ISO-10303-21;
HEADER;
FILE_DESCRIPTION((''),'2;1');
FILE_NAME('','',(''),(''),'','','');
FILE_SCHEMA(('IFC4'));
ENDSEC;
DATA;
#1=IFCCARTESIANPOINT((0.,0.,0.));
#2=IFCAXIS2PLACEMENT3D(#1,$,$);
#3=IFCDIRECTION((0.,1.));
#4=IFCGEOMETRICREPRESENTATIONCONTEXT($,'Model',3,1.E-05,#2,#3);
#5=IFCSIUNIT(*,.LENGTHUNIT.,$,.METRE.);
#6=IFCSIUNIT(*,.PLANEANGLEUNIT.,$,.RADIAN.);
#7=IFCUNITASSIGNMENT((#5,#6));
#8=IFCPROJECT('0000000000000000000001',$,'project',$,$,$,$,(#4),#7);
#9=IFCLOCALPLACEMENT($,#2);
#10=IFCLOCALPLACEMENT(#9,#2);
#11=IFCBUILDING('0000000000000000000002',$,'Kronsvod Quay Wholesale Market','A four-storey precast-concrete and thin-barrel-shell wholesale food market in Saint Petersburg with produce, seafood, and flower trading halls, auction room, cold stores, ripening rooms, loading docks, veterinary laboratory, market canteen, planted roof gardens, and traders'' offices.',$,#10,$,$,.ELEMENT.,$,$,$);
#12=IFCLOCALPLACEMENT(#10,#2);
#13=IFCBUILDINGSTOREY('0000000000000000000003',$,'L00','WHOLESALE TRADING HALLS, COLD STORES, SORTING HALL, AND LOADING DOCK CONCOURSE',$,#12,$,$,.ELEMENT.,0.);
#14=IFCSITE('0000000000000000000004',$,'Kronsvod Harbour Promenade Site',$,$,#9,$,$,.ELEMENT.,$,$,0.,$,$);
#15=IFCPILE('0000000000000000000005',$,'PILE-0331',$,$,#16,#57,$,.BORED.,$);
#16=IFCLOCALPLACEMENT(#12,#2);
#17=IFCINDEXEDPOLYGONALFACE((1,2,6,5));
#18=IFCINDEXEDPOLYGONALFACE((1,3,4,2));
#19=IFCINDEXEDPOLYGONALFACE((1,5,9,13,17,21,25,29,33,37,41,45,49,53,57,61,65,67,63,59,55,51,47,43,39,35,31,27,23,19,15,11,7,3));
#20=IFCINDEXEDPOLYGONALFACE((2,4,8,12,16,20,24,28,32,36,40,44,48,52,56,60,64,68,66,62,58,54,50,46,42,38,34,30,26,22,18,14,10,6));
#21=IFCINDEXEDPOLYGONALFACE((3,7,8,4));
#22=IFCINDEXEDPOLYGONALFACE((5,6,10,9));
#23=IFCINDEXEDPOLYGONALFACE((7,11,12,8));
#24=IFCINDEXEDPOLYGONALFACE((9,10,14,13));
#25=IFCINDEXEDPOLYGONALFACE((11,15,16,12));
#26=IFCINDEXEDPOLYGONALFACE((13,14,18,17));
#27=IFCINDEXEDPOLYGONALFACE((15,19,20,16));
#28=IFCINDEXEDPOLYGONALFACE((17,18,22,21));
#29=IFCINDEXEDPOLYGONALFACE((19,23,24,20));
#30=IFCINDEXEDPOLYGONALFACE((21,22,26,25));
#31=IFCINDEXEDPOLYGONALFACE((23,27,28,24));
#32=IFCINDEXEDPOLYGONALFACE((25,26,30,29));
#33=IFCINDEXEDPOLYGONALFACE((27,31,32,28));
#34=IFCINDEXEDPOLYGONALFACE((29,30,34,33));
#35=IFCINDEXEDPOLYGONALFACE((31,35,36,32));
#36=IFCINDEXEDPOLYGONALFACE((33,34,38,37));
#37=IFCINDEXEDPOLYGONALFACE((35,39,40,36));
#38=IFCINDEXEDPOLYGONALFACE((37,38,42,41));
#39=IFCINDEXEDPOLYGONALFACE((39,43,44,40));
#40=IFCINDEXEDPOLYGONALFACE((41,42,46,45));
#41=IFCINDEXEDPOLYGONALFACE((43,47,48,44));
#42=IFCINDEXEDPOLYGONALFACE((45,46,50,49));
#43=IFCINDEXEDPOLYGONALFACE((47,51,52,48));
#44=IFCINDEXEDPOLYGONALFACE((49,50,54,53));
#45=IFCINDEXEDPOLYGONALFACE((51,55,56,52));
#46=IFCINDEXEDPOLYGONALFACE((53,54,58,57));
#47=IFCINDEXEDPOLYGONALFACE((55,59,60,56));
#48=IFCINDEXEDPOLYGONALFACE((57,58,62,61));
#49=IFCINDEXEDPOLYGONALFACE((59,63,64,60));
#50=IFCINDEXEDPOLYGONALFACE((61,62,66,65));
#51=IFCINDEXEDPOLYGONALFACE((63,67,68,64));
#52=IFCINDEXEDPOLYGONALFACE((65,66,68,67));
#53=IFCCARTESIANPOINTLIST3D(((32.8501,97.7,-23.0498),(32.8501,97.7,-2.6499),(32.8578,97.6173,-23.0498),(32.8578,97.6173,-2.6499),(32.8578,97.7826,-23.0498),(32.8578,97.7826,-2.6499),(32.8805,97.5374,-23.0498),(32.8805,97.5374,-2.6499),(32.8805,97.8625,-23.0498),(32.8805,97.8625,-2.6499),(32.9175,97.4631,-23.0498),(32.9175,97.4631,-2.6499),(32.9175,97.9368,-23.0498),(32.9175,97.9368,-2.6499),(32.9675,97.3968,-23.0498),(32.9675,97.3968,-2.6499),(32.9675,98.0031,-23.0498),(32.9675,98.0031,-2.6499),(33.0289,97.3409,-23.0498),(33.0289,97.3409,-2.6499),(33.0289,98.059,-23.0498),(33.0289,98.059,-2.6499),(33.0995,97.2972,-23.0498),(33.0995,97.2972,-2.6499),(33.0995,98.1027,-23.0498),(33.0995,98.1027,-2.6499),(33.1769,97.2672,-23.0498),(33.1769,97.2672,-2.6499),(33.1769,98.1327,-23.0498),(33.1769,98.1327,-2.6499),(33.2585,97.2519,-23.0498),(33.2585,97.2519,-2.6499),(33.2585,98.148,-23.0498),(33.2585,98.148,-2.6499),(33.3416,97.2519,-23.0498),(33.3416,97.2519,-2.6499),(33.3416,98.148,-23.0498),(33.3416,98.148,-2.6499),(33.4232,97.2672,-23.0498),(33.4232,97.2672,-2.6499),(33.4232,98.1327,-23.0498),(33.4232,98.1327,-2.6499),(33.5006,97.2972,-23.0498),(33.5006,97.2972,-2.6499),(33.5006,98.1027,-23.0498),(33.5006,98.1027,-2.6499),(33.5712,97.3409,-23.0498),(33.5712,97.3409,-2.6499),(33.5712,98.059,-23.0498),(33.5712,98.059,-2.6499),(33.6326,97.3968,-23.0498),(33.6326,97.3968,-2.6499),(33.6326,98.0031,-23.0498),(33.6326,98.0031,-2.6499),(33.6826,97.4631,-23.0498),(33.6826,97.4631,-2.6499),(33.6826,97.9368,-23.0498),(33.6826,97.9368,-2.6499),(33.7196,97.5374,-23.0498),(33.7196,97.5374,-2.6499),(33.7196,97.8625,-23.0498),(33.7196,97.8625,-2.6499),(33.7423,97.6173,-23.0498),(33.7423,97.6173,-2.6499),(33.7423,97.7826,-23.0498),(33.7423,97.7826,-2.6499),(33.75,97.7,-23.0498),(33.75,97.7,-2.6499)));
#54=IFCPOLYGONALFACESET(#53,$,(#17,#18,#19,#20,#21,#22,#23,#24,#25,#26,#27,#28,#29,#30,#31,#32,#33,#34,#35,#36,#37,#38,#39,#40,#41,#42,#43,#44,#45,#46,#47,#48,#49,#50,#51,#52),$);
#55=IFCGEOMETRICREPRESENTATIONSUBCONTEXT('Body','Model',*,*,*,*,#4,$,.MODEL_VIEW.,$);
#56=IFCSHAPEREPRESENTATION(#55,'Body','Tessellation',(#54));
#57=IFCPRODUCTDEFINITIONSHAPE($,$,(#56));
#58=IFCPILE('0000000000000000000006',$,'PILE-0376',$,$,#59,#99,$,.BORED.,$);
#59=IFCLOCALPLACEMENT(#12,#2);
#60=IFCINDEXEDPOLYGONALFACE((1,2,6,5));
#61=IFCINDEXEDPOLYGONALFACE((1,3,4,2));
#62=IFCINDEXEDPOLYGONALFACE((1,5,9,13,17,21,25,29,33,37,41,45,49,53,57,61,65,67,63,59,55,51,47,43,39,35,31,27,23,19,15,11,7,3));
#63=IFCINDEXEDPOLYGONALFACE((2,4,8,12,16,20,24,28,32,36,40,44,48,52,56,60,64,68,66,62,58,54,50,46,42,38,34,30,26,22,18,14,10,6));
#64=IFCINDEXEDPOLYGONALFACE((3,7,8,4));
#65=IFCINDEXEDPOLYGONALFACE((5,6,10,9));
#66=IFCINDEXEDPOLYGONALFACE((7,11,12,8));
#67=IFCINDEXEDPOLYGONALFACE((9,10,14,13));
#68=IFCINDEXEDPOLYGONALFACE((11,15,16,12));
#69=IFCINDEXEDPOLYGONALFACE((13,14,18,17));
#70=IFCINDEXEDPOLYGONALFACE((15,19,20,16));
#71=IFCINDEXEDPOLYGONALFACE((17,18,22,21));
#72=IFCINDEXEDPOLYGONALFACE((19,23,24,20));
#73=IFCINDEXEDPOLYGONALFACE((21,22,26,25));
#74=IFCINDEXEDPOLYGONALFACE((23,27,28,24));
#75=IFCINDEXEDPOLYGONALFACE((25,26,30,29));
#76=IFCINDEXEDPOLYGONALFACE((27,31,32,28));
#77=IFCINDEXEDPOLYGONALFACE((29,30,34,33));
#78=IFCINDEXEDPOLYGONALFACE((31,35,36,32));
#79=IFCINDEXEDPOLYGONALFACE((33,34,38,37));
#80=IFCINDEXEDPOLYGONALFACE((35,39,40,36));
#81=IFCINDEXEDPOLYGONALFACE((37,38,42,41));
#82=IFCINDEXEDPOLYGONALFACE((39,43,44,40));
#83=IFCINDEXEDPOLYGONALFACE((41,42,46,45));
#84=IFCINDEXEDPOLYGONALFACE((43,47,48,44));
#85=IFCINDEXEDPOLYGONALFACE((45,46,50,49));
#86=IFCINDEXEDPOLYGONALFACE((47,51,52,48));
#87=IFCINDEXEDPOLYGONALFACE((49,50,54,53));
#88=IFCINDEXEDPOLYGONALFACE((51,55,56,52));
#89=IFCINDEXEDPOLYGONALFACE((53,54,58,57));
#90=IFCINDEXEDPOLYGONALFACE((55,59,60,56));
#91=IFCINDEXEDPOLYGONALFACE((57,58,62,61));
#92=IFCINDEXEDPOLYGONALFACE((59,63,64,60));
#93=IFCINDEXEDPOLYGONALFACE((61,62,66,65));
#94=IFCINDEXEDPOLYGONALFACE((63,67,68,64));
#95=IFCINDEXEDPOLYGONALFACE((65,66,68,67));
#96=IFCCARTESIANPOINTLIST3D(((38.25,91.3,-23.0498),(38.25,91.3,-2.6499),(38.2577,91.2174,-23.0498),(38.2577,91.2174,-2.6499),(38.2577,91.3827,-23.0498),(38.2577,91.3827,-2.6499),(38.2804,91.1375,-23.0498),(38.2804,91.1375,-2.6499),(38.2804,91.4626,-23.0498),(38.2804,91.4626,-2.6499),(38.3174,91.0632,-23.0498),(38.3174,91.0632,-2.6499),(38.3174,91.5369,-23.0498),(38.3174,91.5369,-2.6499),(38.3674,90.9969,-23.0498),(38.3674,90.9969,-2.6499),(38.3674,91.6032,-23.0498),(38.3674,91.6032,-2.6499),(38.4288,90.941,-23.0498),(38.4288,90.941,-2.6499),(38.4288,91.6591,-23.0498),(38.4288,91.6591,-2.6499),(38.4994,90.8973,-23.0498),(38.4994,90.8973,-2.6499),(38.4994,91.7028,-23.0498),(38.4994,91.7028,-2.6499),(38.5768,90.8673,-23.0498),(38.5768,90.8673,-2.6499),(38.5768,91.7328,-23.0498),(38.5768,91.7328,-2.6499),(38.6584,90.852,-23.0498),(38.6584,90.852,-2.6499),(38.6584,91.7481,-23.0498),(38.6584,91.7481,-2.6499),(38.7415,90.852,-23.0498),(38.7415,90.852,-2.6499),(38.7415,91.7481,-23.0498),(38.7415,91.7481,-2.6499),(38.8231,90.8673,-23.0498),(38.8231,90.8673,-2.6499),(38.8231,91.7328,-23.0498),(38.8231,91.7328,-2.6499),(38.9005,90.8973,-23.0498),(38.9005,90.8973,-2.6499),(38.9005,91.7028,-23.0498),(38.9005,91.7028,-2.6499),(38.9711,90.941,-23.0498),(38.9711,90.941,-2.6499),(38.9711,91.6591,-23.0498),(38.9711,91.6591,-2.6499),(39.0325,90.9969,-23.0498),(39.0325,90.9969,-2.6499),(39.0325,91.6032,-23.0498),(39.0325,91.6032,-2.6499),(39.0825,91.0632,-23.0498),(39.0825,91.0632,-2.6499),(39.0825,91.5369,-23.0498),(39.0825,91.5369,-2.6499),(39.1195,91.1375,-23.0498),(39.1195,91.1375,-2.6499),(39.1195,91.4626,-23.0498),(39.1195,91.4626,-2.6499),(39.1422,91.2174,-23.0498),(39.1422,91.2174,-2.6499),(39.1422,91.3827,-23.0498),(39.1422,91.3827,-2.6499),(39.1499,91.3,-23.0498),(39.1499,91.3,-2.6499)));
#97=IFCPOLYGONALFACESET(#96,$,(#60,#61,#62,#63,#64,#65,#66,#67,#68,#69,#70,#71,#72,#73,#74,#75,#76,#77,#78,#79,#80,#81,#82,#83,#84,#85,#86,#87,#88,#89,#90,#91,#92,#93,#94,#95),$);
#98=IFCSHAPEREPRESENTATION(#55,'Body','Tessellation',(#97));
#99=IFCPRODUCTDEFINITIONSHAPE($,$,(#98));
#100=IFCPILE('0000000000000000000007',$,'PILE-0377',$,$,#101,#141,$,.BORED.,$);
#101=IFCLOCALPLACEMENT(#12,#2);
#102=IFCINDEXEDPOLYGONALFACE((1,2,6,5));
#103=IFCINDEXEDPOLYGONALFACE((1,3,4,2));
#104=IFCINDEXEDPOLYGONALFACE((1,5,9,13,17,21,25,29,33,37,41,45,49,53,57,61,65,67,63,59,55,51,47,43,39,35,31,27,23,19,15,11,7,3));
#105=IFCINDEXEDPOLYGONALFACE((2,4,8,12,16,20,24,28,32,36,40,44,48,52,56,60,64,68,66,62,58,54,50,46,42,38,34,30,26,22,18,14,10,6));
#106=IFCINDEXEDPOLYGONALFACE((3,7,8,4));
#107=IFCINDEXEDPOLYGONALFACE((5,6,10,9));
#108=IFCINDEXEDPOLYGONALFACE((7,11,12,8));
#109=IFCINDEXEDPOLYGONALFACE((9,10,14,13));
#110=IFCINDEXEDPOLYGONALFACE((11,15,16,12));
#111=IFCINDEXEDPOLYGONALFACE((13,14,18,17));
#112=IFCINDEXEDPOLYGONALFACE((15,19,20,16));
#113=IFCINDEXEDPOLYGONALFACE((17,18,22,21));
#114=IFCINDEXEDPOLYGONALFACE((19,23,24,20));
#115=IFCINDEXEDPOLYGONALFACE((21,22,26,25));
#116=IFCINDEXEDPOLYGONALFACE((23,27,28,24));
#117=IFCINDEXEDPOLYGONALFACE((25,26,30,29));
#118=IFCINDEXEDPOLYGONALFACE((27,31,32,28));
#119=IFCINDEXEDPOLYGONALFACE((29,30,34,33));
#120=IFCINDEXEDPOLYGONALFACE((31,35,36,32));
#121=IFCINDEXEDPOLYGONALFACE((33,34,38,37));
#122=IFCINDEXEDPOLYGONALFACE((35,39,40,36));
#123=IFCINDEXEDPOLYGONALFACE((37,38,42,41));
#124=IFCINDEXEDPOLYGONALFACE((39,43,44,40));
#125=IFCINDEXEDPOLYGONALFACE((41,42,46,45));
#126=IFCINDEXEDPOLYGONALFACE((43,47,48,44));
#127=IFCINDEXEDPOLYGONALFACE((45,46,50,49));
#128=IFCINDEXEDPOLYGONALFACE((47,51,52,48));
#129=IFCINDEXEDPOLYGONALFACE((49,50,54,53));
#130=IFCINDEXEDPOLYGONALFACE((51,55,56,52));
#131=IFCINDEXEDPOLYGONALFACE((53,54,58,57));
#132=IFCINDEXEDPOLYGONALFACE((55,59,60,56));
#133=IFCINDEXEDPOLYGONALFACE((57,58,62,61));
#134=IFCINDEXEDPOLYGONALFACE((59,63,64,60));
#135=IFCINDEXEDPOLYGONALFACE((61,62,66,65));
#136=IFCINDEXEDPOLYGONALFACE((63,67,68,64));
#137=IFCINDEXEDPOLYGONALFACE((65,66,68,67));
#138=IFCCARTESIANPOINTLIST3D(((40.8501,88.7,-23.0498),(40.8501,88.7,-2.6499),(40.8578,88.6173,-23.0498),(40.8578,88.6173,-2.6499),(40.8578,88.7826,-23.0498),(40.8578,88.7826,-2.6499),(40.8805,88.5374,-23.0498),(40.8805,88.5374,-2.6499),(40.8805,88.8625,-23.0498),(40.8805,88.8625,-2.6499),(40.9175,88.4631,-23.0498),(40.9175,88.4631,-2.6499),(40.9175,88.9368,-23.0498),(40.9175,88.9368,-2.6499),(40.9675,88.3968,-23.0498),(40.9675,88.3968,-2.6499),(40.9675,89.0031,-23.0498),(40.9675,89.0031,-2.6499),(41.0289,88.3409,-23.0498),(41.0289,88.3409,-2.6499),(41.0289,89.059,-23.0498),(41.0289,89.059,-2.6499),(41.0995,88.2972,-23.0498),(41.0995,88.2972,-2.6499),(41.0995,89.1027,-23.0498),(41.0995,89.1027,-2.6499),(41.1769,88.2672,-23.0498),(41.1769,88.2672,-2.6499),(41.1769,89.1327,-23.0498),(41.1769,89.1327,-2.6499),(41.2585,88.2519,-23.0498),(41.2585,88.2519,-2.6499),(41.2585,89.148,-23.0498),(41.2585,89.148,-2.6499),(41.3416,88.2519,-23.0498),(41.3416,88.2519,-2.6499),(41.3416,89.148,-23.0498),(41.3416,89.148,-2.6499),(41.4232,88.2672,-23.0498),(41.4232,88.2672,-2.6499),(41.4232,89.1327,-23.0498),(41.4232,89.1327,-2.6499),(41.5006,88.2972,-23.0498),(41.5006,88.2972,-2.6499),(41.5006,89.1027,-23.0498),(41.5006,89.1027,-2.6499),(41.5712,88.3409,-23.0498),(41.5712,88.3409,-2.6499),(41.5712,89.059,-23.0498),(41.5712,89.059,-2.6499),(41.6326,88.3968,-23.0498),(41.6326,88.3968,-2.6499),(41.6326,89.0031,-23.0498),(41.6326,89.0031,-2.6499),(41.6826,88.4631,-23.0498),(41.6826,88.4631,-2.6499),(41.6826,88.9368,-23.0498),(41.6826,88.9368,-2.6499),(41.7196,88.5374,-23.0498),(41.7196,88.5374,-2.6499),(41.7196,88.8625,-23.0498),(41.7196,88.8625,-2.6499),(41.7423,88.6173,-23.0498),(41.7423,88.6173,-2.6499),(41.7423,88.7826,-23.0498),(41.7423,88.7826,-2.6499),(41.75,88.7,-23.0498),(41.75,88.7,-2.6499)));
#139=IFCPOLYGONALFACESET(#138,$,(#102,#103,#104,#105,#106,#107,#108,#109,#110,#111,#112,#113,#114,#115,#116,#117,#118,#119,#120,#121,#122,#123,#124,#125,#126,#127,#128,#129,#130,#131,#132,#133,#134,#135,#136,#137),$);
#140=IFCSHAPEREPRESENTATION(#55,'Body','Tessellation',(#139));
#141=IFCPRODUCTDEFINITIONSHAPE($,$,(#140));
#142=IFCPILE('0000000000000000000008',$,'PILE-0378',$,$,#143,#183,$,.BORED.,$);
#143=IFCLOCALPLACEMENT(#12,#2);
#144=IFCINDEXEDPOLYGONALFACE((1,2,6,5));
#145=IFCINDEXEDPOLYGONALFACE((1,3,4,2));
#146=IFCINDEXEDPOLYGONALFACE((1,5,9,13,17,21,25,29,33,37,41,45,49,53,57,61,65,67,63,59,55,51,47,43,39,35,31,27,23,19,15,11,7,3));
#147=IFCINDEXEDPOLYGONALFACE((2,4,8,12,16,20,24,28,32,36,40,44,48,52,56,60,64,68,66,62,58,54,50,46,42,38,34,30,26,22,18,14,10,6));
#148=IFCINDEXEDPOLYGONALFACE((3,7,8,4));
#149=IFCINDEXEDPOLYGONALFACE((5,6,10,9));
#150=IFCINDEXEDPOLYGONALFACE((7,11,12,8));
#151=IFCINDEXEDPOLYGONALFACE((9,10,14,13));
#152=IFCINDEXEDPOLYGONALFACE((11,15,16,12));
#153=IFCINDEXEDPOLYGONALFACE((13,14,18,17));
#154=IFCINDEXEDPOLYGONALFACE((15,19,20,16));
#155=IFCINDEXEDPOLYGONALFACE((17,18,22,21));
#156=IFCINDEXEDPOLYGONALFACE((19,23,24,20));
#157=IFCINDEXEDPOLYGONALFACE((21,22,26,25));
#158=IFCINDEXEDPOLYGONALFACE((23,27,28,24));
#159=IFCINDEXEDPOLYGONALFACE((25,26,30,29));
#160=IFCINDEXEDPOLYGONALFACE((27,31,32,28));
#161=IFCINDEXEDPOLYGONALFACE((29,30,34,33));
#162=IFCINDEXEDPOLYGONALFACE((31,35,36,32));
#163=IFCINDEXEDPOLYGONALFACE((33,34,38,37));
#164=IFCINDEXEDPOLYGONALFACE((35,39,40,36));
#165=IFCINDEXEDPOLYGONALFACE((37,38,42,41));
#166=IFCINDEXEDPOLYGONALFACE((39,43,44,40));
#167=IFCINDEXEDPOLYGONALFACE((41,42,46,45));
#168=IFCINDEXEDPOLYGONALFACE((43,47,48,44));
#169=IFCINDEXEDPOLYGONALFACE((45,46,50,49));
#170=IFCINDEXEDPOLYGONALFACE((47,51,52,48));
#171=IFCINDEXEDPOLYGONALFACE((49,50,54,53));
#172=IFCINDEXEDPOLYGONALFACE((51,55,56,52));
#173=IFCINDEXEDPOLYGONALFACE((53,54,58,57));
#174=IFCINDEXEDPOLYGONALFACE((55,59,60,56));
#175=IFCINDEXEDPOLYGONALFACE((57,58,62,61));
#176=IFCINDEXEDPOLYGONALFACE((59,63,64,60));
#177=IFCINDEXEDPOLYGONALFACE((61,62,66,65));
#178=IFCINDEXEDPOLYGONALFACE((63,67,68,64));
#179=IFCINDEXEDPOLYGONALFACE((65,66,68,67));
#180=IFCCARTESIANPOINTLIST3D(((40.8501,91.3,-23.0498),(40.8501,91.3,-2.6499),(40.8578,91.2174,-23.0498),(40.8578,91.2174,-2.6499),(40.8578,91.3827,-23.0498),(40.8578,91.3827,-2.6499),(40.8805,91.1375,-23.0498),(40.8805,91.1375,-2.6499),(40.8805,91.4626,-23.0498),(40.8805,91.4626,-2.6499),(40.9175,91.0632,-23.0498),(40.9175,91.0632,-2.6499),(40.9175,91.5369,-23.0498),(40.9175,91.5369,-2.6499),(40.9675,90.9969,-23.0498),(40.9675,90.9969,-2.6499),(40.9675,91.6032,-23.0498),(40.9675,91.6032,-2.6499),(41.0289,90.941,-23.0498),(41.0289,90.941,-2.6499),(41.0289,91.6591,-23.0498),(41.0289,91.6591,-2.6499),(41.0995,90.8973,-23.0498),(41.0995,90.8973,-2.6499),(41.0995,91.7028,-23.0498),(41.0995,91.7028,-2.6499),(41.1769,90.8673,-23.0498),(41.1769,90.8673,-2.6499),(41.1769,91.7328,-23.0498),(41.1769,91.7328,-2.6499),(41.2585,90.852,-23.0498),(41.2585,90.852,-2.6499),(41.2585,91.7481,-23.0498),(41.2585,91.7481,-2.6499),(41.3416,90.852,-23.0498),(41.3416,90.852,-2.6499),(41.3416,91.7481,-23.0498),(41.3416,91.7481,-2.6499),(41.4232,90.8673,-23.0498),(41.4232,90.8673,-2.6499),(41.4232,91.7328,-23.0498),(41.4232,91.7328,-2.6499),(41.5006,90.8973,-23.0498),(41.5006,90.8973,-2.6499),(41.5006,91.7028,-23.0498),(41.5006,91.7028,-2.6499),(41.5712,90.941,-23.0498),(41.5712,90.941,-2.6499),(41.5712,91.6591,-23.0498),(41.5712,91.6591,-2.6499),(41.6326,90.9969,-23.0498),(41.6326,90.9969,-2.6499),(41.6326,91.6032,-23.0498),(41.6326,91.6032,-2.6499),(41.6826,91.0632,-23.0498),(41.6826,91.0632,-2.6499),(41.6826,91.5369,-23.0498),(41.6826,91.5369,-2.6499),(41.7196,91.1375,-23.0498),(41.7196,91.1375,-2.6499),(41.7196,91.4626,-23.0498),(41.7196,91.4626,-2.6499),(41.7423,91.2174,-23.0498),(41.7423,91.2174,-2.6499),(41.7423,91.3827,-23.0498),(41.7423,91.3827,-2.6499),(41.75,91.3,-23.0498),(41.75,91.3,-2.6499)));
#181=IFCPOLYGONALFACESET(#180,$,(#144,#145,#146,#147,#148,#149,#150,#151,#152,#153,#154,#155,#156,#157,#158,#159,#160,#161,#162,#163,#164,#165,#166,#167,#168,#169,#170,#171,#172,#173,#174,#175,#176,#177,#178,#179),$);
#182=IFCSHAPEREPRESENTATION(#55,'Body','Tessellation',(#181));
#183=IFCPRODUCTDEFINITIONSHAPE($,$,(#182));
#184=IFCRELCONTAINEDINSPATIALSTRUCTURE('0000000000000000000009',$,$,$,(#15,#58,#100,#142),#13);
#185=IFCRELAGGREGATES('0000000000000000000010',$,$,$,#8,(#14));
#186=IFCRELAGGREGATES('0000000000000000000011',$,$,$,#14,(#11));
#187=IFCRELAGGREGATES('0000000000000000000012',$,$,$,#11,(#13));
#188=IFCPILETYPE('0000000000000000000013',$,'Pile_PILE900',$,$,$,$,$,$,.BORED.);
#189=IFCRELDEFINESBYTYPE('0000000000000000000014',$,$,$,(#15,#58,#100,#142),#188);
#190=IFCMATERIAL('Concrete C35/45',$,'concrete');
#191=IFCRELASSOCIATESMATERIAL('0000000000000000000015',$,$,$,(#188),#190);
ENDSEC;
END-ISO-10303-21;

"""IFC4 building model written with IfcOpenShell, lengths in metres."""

from ifc_helpers import new_model, si_unit, direction, frame, origin, origin_2d, place, context, subcontext, project, spatial, circle, extrude, material, material_profile, profile_set, type_object, element, save


model = new_model("IFC4")

# Units and contexts
model_context = context("Model", 3, precision=1e-05, world=origin(), true_north=direction((0.0, 1.0)))
body_context = subcontext(model_context, "Body", "Model", "MODEL_VIEW")
ifc_project = project(units=[si_unit("LENGTHUNIT", "METRE"), si_unit("PLANEANGLEUNIT", "RADIAN")], contexts=[model_context])

# Site, building, storey
site_placement = place(None, origin())
site = spatial("IfcSite", under=ifc_project, at=site_placement, Name="Kronsvod Harbour Promenade Site", CompositionType="ELEMENT", RefElevation=0.0)
building_placement = place(site_placement, origin())
building = spatial("IfcBuilding", under=site, at=building_placement, Name="Kronsvod Quay Wholesale Market", Description="A four-storey precast-concrete and thin-barrel-shell wholesale food market in Saint Petersburg with produce, seafood, and flower trading halls, auction room, cold stores, ripening rooms, loading docks, veterinary laboratory, market canteen, planted roof gardens, and traders' offices.", CompositionType="ELEMENT")
storey_placement = place(building_placement, origin())
storey = spatial("IfcBuildingStorey", under=building, at=storey_placement, Name="L00", Description="WHOLESALE TRADING HALLS, COLD STORES, SORTING HALL, AND LOADING DOCK CONCOURSE", CompositionType="ELEMENT", Elevation=0.0)

# Piles
ifc_material_1 = material(Name="Concrete C35/45", Category="concrete")
ifc_material_profile_1 = material_profile(ifc_material_1, circle(Radius=0.45, at=origin_2d()), Name="PILE900")
ifc_profile_set_1 = profile_set([ifc_material_profile_1], Name="Concrete C35/45")
pile_type = type_object("IfcPileType", Name="Pile_PILE900", PredefinedType="BORED", material=ifc_profile_set_1)
for number, where, z_axis, x_axis, name in (
    (1, (33.3, 97.7, -2.6499), (0.0, 0.0, -1.0), (1.0, 0.0, 0.0), "PILE-0331"),
    (2, (38.7, 91.3, -2.6499), (0.0, 0.0, -1.0), (1.0, 0.0, 0.0), "PILE-0376"),
    (3, (41.3, 88.7, -2.6499), (0.0, 0.0, -1.0), (1.0, 0.0, 0.0), "PILE-0377"),
    (4, (41.3, 91.3, -2.6499), (0.0, 0.0, -1.0), (1.0, 0.0, 0.0), "PILE-0378"),
):
    element("IfcPile", number, at=place(storey_placement, frame(where, z_axis=z_axis, x_axis=x_axis)), inside=storey, type_object=pile_type, Name=name, PredefinedType="BORED", context=body_context, shape_type="SweptSolid", body=[
        extrude(circle(Radius=0.45, at=origin_2d()), origin(), (0.0, 0.0, 1.0), 20.3999),
    ])

save(model, "model.ifc")
